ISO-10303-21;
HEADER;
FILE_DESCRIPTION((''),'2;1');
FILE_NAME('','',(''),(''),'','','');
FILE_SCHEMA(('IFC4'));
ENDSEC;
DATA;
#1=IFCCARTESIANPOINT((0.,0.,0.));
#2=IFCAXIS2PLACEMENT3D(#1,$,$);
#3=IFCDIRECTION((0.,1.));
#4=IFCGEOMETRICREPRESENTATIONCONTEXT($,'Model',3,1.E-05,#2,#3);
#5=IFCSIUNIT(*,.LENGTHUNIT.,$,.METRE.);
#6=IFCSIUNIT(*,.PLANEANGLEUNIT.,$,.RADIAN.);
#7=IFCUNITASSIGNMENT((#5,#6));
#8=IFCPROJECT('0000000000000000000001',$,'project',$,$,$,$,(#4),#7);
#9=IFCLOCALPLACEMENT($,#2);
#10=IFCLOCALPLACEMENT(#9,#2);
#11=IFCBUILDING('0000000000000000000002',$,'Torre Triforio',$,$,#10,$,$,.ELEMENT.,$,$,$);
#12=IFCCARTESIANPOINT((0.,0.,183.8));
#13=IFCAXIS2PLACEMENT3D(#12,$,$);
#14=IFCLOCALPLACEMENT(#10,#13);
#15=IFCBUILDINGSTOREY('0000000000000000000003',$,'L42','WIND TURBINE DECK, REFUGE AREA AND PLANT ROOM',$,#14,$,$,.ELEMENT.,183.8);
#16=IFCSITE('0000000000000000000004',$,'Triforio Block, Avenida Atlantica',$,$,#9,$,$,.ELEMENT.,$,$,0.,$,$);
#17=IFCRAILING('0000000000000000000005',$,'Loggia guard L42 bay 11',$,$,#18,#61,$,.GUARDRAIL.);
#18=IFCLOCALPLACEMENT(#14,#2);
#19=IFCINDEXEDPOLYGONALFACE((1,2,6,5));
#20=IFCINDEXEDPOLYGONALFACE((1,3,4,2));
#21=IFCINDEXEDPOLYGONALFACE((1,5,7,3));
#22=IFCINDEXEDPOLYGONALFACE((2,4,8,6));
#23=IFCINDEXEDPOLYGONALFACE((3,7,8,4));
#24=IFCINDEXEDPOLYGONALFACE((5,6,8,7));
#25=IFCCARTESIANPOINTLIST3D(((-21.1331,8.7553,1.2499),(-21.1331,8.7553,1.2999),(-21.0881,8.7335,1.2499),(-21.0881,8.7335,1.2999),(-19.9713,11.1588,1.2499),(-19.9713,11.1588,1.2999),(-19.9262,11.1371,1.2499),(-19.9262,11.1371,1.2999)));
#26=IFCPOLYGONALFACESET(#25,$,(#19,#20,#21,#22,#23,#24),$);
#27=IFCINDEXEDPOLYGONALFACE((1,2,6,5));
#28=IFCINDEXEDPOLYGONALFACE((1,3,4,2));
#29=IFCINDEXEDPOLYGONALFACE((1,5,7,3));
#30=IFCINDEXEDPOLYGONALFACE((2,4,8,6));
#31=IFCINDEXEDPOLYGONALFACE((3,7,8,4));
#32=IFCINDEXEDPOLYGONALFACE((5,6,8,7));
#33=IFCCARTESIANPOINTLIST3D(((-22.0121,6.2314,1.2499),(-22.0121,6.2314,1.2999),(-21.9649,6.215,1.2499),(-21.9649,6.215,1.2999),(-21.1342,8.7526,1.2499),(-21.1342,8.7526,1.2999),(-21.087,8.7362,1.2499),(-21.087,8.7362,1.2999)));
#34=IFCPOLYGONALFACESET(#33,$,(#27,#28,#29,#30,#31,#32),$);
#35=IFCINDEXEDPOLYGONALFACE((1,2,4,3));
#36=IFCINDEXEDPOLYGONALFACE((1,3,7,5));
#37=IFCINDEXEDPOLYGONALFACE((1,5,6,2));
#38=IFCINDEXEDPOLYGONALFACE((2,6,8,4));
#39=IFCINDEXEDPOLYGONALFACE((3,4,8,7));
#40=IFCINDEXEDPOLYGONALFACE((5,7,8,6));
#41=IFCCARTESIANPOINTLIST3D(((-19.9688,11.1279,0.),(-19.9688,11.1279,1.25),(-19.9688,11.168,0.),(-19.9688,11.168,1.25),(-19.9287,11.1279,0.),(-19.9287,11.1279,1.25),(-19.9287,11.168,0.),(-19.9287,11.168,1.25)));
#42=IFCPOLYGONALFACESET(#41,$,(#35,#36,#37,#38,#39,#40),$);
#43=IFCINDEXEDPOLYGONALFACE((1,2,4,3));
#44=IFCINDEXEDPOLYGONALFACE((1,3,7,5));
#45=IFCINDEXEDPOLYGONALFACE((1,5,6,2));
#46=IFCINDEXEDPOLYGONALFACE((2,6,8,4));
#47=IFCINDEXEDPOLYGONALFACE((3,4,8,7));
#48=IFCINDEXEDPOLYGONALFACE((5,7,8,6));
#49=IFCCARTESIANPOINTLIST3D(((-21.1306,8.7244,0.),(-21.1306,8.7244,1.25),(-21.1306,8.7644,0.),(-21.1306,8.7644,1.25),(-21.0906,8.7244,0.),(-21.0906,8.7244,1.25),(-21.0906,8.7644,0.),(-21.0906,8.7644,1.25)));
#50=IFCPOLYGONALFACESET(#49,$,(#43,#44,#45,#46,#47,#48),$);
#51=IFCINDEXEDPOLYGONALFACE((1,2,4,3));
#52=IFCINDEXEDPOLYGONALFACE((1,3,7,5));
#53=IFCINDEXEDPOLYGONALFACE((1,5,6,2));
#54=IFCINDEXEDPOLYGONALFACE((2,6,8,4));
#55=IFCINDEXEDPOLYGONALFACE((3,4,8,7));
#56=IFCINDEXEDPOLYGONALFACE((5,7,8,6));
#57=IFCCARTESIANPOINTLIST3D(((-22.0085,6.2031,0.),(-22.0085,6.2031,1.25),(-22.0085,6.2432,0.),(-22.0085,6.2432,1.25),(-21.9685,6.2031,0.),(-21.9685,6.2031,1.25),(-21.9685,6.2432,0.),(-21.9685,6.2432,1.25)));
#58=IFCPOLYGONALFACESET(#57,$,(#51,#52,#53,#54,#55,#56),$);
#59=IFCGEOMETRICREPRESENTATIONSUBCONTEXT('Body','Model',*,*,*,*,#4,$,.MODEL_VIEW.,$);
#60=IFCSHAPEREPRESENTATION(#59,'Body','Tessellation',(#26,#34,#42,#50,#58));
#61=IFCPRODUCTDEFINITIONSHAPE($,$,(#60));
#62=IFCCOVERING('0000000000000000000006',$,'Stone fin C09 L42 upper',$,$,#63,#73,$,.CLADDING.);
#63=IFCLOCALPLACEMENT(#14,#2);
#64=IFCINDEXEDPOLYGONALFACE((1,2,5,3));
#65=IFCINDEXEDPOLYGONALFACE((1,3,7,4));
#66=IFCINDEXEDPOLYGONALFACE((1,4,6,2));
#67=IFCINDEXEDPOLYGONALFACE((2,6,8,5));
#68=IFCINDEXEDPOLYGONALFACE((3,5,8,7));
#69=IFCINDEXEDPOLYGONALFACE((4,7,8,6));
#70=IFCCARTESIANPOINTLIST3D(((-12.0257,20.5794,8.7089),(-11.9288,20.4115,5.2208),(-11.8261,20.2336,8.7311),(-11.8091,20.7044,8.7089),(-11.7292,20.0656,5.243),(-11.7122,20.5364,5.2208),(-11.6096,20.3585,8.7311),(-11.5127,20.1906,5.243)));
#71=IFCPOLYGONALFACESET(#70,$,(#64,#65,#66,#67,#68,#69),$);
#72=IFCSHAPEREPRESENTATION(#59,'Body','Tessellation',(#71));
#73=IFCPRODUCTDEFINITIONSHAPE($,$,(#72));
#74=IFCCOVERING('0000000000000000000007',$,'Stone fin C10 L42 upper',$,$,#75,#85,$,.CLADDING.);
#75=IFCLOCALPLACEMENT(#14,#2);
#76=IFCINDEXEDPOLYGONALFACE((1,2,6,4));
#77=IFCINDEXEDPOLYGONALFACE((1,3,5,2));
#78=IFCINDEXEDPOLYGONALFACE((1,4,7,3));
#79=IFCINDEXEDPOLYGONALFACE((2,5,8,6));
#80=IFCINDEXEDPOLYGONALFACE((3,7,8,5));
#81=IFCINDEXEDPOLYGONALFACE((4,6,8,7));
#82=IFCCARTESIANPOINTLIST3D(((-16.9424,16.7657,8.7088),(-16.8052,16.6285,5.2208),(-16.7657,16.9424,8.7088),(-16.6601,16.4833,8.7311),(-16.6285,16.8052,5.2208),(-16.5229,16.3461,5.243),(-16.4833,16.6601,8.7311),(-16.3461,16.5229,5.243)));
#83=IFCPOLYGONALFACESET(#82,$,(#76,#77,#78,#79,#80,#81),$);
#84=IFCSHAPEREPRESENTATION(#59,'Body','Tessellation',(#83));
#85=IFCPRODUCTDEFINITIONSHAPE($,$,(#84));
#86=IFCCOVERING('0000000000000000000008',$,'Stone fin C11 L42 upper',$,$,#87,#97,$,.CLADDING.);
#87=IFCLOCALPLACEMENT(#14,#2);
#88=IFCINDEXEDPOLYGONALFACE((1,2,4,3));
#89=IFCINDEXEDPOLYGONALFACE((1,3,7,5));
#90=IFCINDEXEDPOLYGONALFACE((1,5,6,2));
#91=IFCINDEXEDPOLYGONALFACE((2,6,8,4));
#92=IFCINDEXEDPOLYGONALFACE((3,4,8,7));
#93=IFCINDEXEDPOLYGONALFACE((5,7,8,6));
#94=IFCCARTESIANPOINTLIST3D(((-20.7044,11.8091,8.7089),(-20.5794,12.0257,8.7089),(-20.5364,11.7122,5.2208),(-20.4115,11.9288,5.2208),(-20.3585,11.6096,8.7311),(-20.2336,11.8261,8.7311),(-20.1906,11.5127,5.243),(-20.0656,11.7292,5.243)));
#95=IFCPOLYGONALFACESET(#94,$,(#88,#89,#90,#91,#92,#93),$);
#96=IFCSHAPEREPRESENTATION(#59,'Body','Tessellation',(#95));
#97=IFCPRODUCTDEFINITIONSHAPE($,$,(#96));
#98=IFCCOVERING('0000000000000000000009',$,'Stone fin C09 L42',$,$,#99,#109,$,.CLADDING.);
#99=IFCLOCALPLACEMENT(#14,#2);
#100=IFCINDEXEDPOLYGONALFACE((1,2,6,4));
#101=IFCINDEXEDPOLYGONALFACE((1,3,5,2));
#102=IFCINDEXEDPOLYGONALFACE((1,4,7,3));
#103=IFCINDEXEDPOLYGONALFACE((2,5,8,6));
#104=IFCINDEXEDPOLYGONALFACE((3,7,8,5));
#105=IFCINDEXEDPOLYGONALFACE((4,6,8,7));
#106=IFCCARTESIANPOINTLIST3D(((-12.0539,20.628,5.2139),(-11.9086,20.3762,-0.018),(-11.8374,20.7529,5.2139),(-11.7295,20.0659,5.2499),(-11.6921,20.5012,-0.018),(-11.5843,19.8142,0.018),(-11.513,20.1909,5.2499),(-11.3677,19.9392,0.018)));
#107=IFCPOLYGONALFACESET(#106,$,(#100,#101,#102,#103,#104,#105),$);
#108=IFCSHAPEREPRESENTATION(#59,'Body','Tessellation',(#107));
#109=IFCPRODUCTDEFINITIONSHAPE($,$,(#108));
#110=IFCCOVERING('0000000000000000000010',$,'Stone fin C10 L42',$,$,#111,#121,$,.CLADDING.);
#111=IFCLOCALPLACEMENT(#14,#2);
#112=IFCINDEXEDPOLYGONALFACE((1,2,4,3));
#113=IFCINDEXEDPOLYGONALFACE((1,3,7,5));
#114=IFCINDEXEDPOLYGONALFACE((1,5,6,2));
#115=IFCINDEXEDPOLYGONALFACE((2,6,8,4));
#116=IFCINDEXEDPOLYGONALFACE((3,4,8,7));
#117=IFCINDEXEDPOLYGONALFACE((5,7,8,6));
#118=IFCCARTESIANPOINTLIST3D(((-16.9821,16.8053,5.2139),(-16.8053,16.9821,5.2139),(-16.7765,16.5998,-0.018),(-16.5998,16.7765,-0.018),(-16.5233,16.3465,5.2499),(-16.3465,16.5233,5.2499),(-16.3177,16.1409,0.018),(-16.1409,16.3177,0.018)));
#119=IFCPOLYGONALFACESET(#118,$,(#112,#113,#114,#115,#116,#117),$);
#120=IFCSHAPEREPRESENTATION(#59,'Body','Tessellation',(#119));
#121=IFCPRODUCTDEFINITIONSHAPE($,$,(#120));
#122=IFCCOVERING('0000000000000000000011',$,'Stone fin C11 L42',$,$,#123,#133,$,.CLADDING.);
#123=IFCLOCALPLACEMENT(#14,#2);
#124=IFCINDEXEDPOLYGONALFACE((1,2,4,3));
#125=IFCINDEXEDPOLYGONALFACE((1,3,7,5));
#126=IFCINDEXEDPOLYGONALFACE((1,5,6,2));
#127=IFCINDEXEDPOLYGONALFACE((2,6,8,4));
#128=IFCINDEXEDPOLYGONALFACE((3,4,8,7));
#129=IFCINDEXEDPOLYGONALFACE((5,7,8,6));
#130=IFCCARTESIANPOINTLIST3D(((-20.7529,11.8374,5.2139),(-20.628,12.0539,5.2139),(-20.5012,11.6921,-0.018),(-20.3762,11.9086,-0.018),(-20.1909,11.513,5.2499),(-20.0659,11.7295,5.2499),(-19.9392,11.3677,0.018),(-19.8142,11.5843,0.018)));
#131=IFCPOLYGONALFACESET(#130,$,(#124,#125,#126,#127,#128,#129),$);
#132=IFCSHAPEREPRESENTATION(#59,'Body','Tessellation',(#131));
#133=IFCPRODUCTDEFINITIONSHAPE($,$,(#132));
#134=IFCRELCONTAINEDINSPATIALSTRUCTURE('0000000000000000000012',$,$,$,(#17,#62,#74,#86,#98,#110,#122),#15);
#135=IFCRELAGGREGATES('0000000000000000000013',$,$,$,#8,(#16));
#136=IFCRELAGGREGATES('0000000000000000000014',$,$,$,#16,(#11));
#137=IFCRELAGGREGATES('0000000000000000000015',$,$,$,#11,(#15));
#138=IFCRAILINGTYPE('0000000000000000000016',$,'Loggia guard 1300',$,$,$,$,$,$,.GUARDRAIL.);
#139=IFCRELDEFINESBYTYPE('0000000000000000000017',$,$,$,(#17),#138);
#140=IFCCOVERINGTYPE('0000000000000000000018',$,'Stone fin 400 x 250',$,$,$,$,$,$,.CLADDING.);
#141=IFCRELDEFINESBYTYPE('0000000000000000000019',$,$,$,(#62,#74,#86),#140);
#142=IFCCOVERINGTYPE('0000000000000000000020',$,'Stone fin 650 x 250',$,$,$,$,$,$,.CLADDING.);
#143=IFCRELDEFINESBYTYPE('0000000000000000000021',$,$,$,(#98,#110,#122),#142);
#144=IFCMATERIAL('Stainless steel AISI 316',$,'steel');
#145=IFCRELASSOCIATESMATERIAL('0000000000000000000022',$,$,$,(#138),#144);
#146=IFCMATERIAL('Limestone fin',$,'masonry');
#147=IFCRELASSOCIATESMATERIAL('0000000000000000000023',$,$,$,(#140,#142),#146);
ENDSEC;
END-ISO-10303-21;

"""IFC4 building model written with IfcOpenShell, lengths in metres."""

from ifc_helpers import new_model, si_unit, direction, frame, origin, origin_2d, place, context, subcontext, project, spatial, rectangle, extrude, material, material_profile, profile_set, type_object, element, save


model = new_model("IFC4")

# Units and contexts
model_context = context("Model", 3, precision=1e-05, world=origin(), true_north=direction((0.0, 1.0)))
body_context = subcontext(model_context, "Body", "Model", "MODEL_VIEW")
ifc_project = project(units=[si_unit("LENGTHUNIT", "METRE"), si_unit("PLANEANGLEUNIT", "RADIAN")], contexts=[model_context])

# Site, building, storey
site_placement = place(None, origin())
site = spatial("IfcSite", under=ifc_project, at=site_placement, Name="Triforio Block, Avenida Atlantica", CompositionType="ELEMENT", RefElevation=0.0)
building_placement = place(site_placement, origin())
building = spatial("IfcBuilding", under=site, at=building_placement, Name="Torre Triforio", CompositionType="ELEMENT")
storey_placement = place(building_placement, frame((0.0, 0.0, 183.8)))
storey = spatial("IfcBuildingStorey", under=building, at=storey_placement, Name="L42", Description="WIND TURBINE DECK, REFUGE AREA AND PLANT ROOM", CompositionType="ELEMENT", Elevation=183.8)

# Railing
ifc_material_1 = material(Name="Stainless steel AISI 316", Category="steel")
railing_type = type_object("IfcRailingType", Name="Loggia guard 1300", PredefinedType="GUARDRAIL", material=ifc_material_1)
railing_1_placement = place(storey_placement, frame((-19.9487, 11.1479, 0.0)))
element("IfcRailing", 1, at=railing_1_placement, inside=storey, type_object=railing_type, Name="Loggia guard L42 bay 11", PredefinedType="GUARDRAIL", context=body_context, shape_type="SweptSolid", body=[
    extrude(rectangle(XDim=0.05, YDim=0.05, at=origin_2d()), frame((0.0, 0.0, 1.2749), z_axis=(-0.435212, -0.900328, 0.0), x_axis=(0.900328, -0.435212, 0.0)), (0.0, 0.0, 1.0), 2.6697),
    extrude(rectangle(XDim=0.05, YDim=0.05, at=origin_2d()), frame((-1.1619, -2.4036, 1.2749), z_axis=(-0.328847, -0.944383, 0.0), x_axis=(0.944383, -0.328847, 0.0)), (0.0, 0.0, 1.0), 2.6697),
    extrude(rectangle(XDim=0.04, YDim=0.04, at=origin_2d()), origin(), (0.0, 0.0, 1.0), 1.25),
    extrude(rectangle(XDim=0.04, YDim=0.04, at=origin_2d()), frame((-1.1619, -2.4036, 0.0)), (0.0, 0.0, 1.0), 1.25),
    extrude(rectangle(XDim=0.04, YDim=0.04, at=origin_2d()), frame((-2.0398, -4.9248, 0.0)), (0.0, 0.0, 1.0), 1.25),
])

# Coverings
ifc_material_2 = material(Name="Limestone fin", Category="masonry")
ifc_material_profile_1 = material_profile(ifc_material_2, rectangle(XDim=0.3999, YDim=0.25, at=origin_2d()), Name="FIN 400x250")
ifc_profile_set_1 = profile_set([ifc_material_profile_1], Name="Limestone fin")
covering_type_1 = type_object("IfcCoveringType", Name="Stone fin 400 x 250", PredefinedType="CLADDING", material=ifc_profile_set_1)
for number, where, z_axis, x_axis, name in (
    (2, (-11.7207, 20.301, 5.2319), (-0.027745, 0.048081, 0.998458), (0.499024, -0.864808, 0.055512), "Stone fin C09 L42 upper"),
    (3, (-16.5757, 16.5757, 5.2319), (-0.039276, 0.039276, 0.998456), (0.706015, -0.706015, 0.055544), "Stone fin C10 L42 upper"),
    (4, (-20.301, 11.7207, 5.2319), (-0.048081, 0.027745, 0.998458), (0.864808, -0.499024, 0.055512), "Stone fin C11 L42 upper"),
):
    element("IfcCovering", number, at=place(storey_placement, frame(where, z_axis=z_axis, x_axis=x_axis)), inside=storey, type_object=covering_type_1, Name=name, PredefinedType="CLADDING", context=body_context, shape_type="SweptSolid", body=[
        extrude(rectangle(XDim=0.3999, YDim=0.25, at=origin_2d()), origin(), (0.0, 0.0, 1.0), 3.4934),
    ])
ifc_material_profile_2 = material_profile(ifc_material_2, rectangle(XDim=0.6499, YDim=0.25, at=origin_2d()), Name="FIN 650x250")
ifc_profile_set_2 = profile_set([ifc_material_profile_2], Name="Limestone fin")
covering_type_2 = type_object("IfcCoveringType", Name="Stone fin 650 x 250", PredefinedType="CLADDING", material=ifc_profile_set_2)
for number, where, z_axis, x_axis, name in (
    (5, (-11.6382, 20.1577, 0.0), (-0.027722, 0.048036, 0.998461), (0.499074, -0.864783, 0.055462), "Stone fin C09 L42"),
    (6, (-16.4587, 16.4587, 0.0), (-0.03923, 0.03923, 0.99846), (0.706018, -0.706018, 0.05548), "Stone fin C10 L42"),
    (7, (-20.1577, 11.6382, 0.0), (-0.048036, 0.027722, 0.998461), (0.864783, -0.499074, 0.055462), "Stone fin C11 L42"),
):
    element("IfcCovering", number, at=place(storey_placement, frame(where, z_axis=z_axis, x_axis=x_axis)), inside=storey, type_object=covering_type_2, Name=name, PredefinedType="CLADDING", context=body_context, shape_type="SweptSolid", body=[
        extrude(rectangle(XDim=0.6499, YDim=0.25, at=origin_2d()), origin(), (0.0, 0.0, 1.0), 5.24),
    ])

save(model, "model.ifc")
